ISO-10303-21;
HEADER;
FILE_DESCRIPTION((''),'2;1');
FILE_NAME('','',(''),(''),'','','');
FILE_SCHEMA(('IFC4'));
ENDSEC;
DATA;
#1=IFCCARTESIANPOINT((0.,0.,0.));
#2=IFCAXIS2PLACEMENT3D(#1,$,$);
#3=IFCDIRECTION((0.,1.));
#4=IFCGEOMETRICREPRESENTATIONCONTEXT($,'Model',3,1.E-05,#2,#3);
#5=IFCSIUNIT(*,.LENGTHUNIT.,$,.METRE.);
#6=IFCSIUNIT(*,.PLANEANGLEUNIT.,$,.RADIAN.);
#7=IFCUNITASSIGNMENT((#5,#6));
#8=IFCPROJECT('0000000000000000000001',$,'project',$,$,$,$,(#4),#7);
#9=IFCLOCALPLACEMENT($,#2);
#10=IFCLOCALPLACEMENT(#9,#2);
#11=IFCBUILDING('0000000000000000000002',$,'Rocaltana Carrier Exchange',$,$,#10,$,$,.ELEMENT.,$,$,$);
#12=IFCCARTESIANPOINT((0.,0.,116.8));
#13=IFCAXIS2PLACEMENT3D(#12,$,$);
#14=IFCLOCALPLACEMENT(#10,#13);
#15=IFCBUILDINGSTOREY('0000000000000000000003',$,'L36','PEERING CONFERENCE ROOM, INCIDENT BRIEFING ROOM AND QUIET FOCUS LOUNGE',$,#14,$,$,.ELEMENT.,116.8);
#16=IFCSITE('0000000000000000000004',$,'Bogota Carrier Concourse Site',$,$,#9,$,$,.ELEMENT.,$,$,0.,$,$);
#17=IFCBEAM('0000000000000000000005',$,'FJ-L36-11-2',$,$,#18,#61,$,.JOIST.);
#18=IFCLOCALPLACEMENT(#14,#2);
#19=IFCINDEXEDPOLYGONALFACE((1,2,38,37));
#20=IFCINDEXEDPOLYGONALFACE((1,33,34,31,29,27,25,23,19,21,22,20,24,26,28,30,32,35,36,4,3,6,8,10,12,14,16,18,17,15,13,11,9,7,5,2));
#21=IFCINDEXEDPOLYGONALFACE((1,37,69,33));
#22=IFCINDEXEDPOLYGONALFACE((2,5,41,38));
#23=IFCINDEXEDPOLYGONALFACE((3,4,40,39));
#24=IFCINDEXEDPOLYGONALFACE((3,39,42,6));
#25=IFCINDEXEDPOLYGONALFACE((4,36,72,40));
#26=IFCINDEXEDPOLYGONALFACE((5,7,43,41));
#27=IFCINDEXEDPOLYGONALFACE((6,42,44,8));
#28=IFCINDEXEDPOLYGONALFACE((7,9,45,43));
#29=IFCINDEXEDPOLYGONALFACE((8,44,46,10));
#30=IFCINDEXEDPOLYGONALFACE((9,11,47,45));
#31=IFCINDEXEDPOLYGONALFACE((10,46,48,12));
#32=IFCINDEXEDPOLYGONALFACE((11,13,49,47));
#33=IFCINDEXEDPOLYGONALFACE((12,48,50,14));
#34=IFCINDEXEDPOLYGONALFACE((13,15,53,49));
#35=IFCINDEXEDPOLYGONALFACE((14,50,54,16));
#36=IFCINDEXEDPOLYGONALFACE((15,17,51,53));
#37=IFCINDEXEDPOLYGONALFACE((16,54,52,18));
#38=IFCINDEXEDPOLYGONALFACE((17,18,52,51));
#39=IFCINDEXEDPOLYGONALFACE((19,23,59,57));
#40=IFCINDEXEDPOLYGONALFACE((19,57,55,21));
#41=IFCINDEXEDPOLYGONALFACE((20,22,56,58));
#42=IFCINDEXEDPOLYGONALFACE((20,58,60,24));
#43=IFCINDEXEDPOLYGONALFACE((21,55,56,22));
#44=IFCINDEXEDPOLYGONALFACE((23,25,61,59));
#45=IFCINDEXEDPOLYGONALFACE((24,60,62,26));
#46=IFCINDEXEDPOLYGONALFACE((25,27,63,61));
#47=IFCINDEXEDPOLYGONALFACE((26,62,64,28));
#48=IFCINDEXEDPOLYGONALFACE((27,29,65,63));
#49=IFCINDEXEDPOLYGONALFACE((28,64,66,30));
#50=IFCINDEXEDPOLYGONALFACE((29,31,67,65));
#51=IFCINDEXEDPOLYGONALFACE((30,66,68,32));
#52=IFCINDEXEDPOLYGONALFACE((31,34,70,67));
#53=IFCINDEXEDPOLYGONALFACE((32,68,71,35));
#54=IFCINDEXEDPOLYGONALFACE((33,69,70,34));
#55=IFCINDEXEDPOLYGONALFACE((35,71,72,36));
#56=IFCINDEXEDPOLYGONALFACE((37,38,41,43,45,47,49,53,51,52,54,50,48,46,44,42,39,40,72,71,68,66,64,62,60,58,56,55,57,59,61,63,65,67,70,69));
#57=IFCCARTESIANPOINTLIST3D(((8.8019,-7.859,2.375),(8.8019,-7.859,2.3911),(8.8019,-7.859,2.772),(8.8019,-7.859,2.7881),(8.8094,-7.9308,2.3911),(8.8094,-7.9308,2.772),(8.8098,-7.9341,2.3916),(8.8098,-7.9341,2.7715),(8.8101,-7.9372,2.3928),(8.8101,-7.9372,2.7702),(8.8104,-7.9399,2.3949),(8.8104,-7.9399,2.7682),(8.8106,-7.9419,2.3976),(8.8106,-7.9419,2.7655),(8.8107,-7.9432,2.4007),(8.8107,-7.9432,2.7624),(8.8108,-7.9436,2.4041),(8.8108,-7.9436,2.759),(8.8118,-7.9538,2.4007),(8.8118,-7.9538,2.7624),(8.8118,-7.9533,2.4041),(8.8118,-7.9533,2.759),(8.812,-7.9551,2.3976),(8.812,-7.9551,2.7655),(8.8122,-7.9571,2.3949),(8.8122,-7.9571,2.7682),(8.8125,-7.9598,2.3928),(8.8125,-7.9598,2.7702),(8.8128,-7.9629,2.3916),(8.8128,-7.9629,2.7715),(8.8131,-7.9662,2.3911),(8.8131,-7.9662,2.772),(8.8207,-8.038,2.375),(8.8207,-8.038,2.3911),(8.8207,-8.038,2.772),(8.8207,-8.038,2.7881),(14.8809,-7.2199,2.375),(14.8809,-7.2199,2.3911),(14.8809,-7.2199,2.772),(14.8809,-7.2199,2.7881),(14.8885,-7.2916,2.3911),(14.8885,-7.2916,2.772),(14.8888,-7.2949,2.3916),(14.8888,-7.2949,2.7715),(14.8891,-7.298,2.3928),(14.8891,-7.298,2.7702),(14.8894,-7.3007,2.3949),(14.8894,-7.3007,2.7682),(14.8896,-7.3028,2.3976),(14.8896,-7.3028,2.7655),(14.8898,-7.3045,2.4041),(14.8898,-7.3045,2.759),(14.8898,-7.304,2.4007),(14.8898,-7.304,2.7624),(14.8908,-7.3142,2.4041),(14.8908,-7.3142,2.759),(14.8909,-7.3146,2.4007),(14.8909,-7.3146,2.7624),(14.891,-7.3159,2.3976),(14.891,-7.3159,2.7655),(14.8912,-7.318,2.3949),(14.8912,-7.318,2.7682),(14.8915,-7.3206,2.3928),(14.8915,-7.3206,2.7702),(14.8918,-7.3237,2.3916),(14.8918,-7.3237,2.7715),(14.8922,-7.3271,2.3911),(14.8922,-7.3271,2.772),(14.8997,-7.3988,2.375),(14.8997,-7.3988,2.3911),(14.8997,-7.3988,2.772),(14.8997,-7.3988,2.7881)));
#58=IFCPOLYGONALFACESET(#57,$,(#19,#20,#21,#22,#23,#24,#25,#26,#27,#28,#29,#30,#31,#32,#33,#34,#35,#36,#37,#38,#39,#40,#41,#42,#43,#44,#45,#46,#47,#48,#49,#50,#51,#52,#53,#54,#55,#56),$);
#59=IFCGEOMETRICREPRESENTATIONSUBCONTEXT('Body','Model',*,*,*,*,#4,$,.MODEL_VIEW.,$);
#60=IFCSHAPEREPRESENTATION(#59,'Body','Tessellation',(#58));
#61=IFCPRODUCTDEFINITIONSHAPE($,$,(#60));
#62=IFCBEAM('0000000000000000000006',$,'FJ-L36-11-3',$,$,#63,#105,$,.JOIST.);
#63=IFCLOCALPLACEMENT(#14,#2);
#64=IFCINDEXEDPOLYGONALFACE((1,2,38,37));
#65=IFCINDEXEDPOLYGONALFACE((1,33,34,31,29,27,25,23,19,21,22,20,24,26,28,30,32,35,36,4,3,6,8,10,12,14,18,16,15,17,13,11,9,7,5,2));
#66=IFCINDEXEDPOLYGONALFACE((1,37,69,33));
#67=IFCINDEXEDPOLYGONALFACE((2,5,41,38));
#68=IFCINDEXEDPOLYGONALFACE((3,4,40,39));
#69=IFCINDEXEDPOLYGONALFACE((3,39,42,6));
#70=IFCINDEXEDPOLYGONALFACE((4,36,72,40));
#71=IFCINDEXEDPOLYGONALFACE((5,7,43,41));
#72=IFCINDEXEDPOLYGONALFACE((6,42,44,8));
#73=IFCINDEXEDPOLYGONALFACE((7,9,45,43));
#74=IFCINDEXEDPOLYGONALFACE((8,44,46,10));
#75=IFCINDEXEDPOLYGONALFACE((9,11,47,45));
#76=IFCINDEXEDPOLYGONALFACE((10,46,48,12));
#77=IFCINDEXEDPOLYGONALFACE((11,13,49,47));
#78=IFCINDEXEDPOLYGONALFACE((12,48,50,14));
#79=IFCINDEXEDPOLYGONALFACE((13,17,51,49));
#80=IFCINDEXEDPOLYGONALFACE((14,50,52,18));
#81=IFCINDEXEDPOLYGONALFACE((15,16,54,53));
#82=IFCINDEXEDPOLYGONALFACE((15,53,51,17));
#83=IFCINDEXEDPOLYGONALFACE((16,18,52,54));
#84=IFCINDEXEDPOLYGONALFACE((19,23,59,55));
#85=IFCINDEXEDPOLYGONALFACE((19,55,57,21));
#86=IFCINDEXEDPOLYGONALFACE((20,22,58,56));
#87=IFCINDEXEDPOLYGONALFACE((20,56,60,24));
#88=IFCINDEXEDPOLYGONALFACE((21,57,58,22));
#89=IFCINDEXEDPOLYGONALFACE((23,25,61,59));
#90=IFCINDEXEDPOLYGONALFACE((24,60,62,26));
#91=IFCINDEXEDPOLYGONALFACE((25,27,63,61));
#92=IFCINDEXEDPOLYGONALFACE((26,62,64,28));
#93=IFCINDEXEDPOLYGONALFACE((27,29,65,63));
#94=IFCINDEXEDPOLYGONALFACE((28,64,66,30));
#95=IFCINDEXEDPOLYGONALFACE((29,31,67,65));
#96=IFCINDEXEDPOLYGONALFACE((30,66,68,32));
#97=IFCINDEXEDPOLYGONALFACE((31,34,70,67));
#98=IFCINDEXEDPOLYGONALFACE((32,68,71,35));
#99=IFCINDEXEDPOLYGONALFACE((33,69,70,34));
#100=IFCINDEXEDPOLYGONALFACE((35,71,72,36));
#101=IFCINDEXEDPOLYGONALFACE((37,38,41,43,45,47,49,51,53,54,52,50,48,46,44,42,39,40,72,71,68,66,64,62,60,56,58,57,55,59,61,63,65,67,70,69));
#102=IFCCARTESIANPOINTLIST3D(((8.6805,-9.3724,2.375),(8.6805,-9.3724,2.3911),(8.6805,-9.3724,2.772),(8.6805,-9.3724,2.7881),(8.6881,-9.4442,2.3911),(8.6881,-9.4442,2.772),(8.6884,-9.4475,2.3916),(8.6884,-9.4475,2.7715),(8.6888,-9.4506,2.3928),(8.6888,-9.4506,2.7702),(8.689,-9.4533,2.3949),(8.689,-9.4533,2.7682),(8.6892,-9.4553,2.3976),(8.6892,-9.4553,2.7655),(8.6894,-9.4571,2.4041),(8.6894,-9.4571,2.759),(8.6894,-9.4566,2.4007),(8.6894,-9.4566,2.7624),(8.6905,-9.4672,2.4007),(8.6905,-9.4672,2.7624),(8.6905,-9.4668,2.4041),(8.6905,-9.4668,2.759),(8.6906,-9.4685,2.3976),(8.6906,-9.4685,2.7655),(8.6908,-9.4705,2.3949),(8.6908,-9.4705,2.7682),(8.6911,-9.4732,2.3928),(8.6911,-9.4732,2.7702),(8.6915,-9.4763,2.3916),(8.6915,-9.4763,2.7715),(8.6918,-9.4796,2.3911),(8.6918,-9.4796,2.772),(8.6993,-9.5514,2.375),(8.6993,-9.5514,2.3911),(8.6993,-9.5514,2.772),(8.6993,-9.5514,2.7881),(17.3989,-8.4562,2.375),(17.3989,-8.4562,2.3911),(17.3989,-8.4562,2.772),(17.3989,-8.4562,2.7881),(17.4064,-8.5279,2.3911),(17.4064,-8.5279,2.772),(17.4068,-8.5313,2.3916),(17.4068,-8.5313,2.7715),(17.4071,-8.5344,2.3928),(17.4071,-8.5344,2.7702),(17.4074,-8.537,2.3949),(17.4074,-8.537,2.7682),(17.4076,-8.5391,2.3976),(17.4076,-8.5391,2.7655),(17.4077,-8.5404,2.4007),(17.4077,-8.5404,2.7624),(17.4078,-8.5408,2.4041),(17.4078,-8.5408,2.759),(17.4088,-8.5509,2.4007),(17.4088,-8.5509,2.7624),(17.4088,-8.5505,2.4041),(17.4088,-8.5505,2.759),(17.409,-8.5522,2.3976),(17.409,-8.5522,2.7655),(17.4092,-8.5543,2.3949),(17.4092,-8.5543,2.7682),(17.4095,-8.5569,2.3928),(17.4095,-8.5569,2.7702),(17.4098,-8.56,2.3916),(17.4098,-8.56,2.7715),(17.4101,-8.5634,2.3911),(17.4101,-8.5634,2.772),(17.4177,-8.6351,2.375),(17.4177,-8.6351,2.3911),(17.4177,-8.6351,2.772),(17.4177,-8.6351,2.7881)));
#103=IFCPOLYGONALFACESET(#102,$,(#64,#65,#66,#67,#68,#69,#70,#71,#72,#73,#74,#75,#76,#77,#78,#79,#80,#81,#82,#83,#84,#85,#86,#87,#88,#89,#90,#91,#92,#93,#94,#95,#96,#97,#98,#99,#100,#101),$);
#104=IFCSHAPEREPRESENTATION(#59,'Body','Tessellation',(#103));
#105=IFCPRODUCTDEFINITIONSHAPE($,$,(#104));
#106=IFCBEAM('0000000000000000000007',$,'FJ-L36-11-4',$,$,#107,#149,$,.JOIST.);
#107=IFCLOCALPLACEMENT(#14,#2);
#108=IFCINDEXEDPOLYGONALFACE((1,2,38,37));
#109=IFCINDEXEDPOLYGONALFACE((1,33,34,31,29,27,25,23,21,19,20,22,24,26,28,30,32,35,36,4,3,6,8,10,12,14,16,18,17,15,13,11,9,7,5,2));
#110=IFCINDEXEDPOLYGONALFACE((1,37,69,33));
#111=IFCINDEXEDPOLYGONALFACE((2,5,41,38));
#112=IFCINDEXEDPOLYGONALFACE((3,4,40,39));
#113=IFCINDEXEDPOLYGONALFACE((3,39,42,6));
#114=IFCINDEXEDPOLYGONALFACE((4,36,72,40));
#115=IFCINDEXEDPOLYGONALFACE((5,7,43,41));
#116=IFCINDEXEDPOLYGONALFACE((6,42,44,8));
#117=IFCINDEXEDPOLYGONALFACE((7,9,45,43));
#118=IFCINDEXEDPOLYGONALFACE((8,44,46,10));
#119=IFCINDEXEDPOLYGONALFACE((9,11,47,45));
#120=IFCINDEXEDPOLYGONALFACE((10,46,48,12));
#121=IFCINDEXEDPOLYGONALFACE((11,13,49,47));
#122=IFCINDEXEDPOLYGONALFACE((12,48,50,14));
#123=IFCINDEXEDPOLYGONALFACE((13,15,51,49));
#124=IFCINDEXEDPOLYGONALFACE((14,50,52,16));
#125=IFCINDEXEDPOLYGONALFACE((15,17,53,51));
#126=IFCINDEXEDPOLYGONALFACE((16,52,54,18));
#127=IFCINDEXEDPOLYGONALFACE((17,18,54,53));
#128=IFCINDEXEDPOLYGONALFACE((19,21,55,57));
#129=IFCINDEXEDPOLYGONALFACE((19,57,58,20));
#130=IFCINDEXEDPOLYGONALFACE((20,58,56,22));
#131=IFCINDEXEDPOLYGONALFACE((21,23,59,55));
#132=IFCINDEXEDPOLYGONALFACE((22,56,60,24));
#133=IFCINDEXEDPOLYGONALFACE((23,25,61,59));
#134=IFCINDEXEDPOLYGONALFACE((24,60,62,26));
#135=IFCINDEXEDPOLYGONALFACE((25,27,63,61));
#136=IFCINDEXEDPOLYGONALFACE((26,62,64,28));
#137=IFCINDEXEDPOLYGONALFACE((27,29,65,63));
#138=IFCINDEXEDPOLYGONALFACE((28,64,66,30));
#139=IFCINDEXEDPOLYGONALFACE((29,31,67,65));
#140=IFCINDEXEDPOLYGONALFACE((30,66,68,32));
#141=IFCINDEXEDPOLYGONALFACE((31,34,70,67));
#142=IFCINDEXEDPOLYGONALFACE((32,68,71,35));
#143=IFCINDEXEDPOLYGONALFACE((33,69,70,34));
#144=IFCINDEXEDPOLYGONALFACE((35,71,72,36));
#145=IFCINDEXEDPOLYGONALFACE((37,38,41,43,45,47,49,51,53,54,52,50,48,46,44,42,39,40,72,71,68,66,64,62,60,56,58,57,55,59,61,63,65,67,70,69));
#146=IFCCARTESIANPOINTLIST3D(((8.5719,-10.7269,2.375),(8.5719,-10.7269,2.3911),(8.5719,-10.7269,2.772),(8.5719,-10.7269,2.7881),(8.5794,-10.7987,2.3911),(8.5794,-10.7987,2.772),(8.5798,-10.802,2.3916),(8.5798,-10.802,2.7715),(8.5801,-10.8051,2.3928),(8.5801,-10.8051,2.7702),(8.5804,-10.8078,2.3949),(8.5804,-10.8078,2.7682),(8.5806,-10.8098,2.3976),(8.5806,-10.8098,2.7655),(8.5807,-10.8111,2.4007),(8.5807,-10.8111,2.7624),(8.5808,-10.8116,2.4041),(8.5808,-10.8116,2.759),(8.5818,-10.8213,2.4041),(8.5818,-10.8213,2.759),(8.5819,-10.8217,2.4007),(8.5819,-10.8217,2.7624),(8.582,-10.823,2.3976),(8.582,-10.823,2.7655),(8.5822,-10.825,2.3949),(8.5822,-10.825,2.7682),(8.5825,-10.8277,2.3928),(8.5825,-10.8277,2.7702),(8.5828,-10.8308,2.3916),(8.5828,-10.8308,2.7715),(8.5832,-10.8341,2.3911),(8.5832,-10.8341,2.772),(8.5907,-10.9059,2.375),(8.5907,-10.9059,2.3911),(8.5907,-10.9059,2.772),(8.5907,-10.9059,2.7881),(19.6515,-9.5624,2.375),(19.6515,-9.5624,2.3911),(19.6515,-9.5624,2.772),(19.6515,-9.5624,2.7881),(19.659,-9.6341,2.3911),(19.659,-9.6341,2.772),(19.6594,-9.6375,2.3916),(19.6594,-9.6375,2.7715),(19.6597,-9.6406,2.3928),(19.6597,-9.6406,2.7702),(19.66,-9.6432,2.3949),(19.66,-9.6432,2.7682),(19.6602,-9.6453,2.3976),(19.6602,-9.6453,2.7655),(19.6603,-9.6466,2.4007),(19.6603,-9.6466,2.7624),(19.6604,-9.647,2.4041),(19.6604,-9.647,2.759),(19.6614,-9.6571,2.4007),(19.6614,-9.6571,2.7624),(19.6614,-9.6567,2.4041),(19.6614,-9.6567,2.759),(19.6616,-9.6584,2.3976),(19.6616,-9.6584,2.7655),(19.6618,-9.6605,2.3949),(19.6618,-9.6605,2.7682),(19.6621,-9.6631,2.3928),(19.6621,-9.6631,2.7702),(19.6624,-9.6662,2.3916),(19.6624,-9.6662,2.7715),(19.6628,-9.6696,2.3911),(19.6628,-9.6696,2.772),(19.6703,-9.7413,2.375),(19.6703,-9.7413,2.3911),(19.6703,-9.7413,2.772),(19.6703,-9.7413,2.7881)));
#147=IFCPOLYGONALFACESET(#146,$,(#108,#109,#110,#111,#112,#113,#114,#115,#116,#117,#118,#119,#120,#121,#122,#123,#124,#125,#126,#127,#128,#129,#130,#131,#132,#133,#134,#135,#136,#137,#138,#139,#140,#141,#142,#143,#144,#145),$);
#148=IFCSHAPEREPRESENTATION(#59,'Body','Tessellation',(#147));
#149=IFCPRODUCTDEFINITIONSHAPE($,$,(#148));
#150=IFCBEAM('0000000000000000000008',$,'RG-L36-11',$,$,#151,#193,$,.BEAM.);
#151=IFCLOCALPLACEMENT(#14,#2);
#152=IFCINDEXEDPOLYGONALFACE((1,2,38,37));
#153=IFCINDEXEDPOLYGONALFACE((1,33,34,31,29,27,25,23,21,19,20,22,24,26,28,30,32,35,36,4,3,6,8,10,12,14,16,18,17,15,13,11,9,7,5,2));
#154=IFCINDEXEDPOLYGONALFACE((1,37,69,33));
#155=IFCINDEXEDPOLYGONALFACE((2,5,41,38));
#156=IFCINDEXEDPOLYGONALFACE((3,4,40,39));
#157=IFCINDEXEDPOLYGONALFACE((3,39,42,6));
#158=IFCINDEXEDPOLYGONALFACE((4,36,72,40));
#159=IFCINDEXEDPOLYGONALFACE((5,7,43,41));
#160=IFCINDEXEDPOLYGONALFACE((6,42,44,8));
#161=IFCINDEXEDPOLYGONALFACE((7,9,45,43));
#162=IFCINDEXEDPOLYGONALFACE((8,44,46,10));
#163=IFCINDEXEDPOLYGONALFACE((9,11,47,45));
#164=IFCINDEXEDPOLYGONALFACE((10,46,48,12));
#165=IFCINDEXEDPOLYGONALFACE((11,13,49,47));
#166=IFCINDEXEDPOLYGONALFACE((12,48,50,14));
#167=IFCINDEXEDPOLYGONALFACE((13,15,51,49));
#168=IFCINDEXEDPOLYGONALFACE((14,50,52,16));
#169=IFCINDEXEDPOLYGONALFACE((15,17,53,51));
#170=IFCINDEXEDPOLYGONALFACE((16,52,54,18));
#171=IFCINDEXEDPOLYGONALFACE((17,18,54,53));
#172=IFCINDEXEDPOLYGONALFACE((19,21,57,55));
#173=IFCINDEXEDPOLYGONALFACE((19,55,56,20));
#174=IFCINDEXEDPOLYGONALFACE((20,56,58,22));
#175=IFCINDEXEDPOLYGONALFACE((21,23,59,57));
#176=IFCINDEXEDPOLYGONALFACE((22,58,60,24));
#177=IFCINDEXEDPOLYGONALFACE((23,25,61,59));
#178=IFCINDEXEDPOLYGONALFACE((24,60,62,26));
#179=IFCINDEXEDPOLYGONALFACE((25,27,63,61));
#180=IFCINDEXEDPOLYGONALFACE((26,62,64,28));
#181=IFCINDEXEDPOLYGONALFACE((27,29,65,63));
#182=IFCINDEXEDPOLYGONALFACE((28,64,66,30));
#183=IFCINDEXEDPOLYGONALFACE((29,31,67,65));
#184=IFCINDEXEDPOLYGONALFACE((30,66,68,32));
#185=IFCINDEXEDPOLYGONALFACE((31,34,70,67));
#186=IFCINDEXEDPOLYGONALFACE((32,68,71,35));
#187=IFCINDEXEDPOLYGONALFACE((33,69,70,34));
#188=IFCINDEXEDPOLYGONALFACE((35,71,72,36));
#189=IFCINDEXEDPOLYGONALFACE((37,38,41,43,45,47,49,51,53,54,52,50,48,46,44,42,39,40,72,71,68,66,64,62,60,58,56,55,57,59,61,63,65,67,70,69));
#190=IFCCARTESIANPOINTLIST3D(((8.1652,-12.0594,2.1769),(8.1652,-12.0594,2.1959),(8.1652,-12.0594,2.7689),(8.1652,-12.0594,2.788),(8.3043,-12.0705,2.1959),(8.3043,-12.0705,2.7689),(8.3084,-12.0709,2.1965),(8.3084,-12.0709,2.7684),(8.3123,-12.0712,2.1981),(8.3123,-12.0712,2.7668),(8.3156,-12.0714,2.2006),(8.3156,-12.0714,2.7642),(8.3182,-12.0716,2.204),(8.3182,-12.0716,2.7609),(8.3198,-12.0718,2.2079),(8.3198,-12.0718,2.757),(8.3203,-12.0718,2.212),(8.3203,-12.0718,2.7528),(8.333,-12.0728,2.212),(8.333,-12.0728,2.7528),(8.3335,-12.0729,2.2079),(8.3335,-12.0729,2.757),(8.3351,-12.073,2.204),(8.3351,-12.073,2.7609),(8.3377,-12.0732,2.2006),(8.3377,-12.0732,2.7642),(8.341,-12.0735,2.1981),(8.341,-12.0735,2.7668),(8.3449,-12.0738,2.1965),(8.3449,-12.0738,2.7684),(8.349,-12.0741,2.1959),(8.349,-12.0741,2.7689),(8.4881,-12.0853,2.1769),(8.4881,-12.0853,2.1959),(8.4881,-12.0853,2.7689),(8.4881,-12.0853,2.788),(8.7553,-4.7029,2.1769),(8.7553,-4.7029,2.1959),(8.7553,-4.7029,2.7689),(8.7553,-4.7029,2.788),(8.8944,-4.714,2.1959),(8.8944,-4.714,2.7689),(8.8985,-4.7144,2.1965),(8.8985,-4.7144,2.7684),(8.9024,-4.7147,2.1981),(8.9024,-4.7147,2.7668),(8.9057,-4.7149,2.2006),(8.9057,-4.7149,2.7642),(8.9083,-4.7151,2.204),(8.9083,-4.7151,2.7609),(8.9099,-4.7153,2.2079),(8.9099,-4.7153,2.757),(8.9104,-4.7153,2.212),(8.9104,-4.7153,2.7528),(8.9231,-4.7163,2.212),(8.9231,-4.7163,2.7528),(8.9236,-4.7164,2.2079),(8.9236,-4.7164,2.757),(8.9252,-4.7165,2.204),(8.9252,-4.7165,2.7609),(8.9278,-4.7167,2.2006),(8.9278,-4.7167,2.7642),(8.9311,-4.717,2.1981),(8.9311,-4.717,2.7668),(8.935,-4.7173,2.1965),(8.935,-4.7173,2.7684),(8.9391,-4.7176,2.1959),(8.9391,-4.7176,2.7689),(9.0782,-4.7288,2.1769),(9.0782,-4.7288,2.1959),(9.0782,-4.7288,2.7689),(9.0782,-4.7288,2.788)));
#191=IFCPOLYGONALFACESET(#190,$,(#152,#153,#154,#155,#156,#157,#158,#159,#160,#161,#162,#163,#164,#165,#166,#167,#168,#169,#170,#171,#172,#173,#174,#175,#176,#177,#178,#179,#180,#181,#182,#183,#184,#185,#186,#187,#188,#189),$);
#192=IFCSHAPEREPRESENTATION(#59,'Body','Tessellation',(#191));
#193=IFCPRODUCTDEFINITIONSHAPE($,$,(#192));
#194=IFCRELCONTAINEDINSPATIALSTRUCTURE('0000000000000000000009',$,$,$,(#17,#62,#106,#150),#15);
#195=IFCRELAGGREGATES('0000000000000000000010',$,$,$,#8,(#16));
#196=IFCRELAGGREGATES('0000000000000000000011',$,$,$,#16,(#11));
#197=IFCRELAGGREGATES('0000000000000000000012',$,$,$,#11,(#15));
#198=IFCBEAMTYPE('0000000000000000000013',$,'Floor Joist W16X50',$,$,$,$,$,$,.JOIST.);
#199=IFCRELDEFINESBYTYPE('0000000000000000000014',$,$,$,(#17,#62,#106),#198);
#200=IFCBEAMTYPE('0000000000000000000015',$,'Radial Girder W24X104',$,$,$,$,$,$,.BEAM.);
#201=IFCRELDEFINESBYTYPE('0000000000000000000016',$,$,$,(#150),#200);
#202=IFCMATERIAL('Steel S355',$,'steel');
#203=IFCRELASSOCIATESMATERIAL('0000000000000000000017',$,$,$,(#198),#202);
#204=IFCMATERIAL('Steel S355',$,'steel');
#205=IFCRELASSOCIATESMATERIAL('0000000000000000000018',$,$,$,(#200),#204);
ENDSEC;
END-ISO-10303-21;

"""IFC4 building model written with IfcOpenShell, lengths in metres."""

from ifc_helpers import new_model, si_unit, direction, frame, origin, origin_2d, place, context, subcontext, project, spatial, i_section, extrude, material, material_profile, profile_set, type_object, element, save


model = new_model("IFC4")

# Units and contexts
model_context = context("Model", 3, precision=1e-05, world=origin(), true_north=direction((0.0, 1.0)))
body_context = subcontext(model_context, "Body", "Model", "MODEL_VIEW")
ifc_project = project(units=[si_unit("LENGTHUNIT", "METRE"), si_unit("PLANEANGLEUNIT", "RADIAN")], contexts=[model_context])

# Site, building, storey
site_placement = place(None, origin())
site = spatial("IfcSite", under=ifc_project, at=site_placement, Name="Bogota Carrier Concourse Site", CompositionType="ELEMENT", RefElevation=0.0)
building_placement = place(site_placement, origin())
building = spatial("IfcBuilding", under=site, at=building_placement, Name="Rocaltana Carrier Exchange", CompositionType="ELEMENT")
storey_placement = place(building_placement, frame((0.0, 0.0, 116.8)))
storey = spatial("IfcBuildingStorey", under=building, at=storey_placement, Name="L36", Description="PEERING CONFERENCE ROOM, INCIDENT BRIEFING ROOM AND QUIET FOCUS LOUNGE", CompositionType="ELEMENT", Elevation=116.8)

# Beams
ifc_material_1 = material(Name="Steel S355", Category="steel")
ifc_material_profile_1 = material_profile(ifc_material_1, i_section(OverallWidth=0.1799, OverallDepth=0.4131, WebThickness=0.0098, FlangeThickness=0.0161, FilletRadius=0.0129, at=origin_2d()), Name="W16X50")
ifc_profile_set_1 = profile_set([ifc_material_profile_1], Name="Steel S355")
beam_type_1 = type_object("IfcBeamType", Name="Floor Joist W16X50", PredefinedType="JOIST", material=ifc_profile_set_1)
beam_1_placement = place(storey_placement, frame((8.8113, -7.9485, 2.5815), z_axis=(0.994518, 0.104564, 0.0), x_axis=(-0.104564, 0.994518, 0.0)))
element("IfcBeam", 1, at=beam_1_placement, inside=storey, type_object=beam_type_1, Name="FJ-L36-11-2", PredefinedType="JOIST", context=body_context, shape_type="SweptSolid", body=[
    extrude(i_section(OverallWidth=0.1799, OverallDepth=0.4131, WebThickness=0.0098, FlangeThickness=0.0161, FilletRadius=0.0129, at=origin_2d()), origin(), (0.0, 0.0, 1.0), 6.1125),
])
beam_2_placement = place(storey_placement, frame((8.6899, -9.4619, 2.5815), z_axis=(0.994523, 0.104521, 0.0), x_axis=(-0.104521, 0.994523, 0.0)))
element("IfcBeam", 2, at=beam_2_placement, inside=storey, type_object=beam_type_1, Name="FJ-L36-11-3", PredefinedType="JOIST", context=body_context, shape_type="SweptSolid", body=[
    extrude(i_section(OverallWidth=0.1799, OverallDepth=0.4131, WebThickness=0.0098, FlangeThickness=0.0161, FilletRadius=0.0129, at=origin_2d()), origin(), (0.0, 0.0, 1.0), 8.7664),
])
beam_3_placement = place(storey_placement, frame((8.5813, -10.8164, 2.5815), z_axis=(0.994522, 0.104532, 0.0), x_axis=(-0.104532, 0.994522, 0.0)))
element("IfcBeam", 3, at=beam_3_placement, inside=storey, type_object=beam_type_1, Name="FJ-L36-11-4", PredefinedType="JOIST", context=body_context, shape_type="SweptSolid", body=[
    extrude(i_section(OverallWidth=0.1799, OverallDepth=0.4131, WebThickness=0.0098, FlangeThickness=0.0161, FilletRadius=0.0129, at=origin_2d()), origin(), (0.0, 0.0, 1.0), 11.1406),
])
ifc_material_2 = material(Name="Steel S355", Category="steel")
ifc_material_profile_2 = material_profile(ifc_material_2, i_section(OverallWidth=0.324, OverallDepth=0.6111, WebThickness=0.0127, FlangeThickness=0.019, FilletRadius=0.0161, at=origin_2d()), Name="W24X104")
ifc_profile_set_2 = profile_set([ifc_material_profile_2], Name="Steel S355")
beam_type_2 = type_object("IfcBeamType", Name="Radial Girder W24X104", PredefinedType="BEAM", material=ifc_profile_set_2)
beam_4_placement = place(storey_placement, frame((8.9167, -4.7158, 2.4824), z_axis=(-0.079957, -0.996798, 0.0), x_axis=(0.996798, -0.079957, 0.0)))
element("IfcBeam", 4, at=beam_4_placement, inside=storey, type_object=beam_type_2, Name="RG-L36-11", PredefinedType="BEAM", context=body_context, shape_type="SweptSolid", body=[
    extrude(i_section(OverallWidth=0.324, OverallDepth=0.6111, WebThickness=0.0127, FlangeThickness=0.019, FilletRadius=0.0161, at=origin_2d()), origin(), (0.0, 0.0, 1.0), 7.3801),
])

save(model, "model.ifc")
